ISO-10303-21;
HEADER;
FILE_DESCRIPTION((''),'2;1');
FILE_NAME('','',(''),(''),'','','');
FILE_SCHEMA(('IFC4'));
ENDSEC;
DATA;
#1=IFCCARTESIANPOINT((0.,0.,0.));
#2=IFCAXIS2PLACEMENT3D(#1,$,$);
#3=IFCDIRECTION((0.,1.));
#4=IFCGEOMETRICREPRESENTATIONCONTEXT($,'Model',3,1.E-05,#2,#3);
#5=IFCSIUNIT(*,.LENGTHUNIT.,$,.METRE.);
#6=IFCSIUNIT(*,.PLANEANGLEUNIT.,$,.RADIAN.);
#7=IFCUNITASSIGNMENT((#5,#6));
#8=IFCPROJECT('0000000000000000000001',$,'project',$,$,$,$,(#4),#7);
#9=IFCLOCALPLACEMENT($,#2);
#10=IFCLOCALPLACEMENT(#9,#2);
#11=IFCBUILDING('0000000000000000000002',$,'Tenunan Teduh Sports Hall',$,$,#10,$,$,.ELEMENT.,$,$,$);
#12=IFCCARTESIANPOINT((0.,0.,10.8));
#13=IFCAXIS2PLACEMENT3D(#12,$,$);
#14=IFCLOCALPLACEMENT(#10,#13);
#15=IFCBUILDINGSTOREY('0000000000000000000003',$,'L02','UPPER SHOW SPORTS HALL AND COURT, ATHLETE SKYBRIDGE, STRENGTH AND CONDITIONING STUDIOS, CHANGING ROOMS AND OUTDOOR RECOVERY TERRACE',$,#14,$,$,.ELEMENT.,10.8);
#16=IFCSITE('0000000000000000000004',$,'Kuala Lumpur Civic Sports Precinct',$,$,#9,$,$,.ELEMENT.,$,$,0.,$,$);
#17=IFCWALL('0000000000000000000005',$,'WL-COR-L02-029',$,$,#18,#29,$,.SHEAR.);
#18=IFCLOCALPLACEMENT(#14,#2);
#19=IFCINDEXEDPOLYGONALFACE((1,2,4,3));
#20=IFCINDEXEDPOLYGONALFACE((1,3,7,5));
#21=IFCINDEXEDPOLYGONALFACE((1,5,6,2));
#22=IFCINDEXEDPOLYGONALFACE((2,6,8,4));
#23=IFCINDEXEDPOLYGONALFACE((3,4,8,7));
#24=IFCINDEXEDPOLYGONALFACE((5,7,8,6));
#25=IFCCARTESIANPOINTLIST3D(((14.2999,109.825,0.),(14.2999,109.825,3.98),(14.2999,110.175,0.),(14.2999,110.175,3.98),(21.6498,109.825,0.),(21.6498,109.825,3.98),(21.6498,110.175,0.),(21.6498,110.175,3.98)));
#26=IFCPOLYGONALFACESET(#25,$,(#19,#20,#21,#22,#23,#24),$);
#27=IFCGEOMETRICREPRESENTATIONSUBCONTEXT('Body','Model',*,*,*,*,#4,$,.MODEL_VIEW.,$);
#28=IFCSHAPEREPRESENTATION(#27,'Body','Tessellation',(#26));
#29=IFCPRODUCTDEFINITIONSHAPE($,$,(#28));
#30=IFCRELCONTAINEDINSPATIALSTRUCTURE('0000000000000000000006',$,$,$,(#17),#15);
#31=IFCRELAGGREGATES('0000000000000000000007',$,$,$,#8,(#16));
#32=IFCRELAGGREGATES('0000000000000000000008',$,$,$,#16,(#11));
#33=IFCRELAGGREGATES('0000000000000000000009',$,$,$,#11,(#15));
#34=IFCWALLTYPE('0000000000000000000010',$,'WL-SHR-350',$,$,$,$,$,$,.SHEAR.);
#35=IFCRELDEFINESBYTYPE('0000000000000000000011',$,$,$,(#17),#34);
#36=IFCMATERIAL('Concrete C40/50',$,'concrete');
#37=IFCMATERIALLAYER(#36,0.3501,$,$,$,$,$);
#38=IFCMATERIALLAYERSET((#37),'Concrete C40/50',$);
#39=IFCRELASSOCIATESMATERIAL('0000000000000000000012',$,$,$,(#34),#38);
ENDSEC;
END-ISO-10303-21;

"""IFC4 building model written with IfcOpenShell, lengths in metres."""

from ifc_helpers import new_model, si_unit, direction, frame, frame_2d, origin, place, context, subcontext, project, spatial, rectangle, extrude, material, layer, layer_set, type_object, element, save


model = new_model("IFC4")

# Units and contexts
model_context = context("Model", 3, precision=1e-05, world=origin(), true_north=direction((0.0, 1.0)))
body_context = subcontext(model_context, "Body", "Model", "MODEL_VIEW")
ifc_project = project(units=[si_unit("LENGTHUNIT", "METRE"), si_unit("PLANEANGLEUNIT", "RADIAN")], contexts=[model_context])

# Site, building, storey
site_placement = place(None, origin())
site = spatial("IfcSite", under=ifc_project, at=site_placement, Name="Kuala Lumpur Civic Sports Precinct", CompositionType="ELEMENT", RefElevation=0.0)
building_placement = place(site_placement, origin())
building = spatial("IfcBuilding", under=site, at=building_placement, Name="Tenunan Teduh Sports Hall", CompositionType="ELEMENT")
storey_placement = place(building_placement, frame((0.0, 0.0, 10.8)))
storey = spatial("IfcBuildingStorey", under=building, at=storey_placement, Name="L02", Description="UPPER SHOW SPORTS HALL AND COURT, ATHLETE SKYBRIDGE, STRENGTH AND CONDITIONING STUDIOS, CHANGING ROOMS AND OUTDOOR RECOVERY TERRACE", CompositionType="ELEMENT", Elevation=10.8)

# Wall
ifc_material_1 = material(Name="Concrete C40/50", Category="concrete")
ifc_layer_1 = layer(ifc_material_1, 0.3501)
ifc_layer_set_1 = layer_set([ifc_layer_1], Name="Concrete C40/50")
wall_type_1 = type_object("IfcWallType", Name="WL-SHR-350", PredefinedType="SHEAR", material=ifc_layer_set_1)
wall_1_placement = place(storey_placement, frame((14.3, 110.0, 0.0), z_axis=(0.0, 0.0, 1.0), x_axis=(1.0, 0.0, 0.0)))
element("IfcWall", 1, at=wall_1_placement, inside=storey, type_object=wall_type_1, Name="WL-COR-L02-029", PredefinedType="SHEAR", context=body_context, shape_type="SweptSolid", body=[
    extrude(rectangle(XDim=7.3499, YDim=0.3501, at=frame_2d((3.6748, 0.0))), origin(), (0.0, 0.0, 1.0), 3.98),
])

save(model, "model.ifc")
